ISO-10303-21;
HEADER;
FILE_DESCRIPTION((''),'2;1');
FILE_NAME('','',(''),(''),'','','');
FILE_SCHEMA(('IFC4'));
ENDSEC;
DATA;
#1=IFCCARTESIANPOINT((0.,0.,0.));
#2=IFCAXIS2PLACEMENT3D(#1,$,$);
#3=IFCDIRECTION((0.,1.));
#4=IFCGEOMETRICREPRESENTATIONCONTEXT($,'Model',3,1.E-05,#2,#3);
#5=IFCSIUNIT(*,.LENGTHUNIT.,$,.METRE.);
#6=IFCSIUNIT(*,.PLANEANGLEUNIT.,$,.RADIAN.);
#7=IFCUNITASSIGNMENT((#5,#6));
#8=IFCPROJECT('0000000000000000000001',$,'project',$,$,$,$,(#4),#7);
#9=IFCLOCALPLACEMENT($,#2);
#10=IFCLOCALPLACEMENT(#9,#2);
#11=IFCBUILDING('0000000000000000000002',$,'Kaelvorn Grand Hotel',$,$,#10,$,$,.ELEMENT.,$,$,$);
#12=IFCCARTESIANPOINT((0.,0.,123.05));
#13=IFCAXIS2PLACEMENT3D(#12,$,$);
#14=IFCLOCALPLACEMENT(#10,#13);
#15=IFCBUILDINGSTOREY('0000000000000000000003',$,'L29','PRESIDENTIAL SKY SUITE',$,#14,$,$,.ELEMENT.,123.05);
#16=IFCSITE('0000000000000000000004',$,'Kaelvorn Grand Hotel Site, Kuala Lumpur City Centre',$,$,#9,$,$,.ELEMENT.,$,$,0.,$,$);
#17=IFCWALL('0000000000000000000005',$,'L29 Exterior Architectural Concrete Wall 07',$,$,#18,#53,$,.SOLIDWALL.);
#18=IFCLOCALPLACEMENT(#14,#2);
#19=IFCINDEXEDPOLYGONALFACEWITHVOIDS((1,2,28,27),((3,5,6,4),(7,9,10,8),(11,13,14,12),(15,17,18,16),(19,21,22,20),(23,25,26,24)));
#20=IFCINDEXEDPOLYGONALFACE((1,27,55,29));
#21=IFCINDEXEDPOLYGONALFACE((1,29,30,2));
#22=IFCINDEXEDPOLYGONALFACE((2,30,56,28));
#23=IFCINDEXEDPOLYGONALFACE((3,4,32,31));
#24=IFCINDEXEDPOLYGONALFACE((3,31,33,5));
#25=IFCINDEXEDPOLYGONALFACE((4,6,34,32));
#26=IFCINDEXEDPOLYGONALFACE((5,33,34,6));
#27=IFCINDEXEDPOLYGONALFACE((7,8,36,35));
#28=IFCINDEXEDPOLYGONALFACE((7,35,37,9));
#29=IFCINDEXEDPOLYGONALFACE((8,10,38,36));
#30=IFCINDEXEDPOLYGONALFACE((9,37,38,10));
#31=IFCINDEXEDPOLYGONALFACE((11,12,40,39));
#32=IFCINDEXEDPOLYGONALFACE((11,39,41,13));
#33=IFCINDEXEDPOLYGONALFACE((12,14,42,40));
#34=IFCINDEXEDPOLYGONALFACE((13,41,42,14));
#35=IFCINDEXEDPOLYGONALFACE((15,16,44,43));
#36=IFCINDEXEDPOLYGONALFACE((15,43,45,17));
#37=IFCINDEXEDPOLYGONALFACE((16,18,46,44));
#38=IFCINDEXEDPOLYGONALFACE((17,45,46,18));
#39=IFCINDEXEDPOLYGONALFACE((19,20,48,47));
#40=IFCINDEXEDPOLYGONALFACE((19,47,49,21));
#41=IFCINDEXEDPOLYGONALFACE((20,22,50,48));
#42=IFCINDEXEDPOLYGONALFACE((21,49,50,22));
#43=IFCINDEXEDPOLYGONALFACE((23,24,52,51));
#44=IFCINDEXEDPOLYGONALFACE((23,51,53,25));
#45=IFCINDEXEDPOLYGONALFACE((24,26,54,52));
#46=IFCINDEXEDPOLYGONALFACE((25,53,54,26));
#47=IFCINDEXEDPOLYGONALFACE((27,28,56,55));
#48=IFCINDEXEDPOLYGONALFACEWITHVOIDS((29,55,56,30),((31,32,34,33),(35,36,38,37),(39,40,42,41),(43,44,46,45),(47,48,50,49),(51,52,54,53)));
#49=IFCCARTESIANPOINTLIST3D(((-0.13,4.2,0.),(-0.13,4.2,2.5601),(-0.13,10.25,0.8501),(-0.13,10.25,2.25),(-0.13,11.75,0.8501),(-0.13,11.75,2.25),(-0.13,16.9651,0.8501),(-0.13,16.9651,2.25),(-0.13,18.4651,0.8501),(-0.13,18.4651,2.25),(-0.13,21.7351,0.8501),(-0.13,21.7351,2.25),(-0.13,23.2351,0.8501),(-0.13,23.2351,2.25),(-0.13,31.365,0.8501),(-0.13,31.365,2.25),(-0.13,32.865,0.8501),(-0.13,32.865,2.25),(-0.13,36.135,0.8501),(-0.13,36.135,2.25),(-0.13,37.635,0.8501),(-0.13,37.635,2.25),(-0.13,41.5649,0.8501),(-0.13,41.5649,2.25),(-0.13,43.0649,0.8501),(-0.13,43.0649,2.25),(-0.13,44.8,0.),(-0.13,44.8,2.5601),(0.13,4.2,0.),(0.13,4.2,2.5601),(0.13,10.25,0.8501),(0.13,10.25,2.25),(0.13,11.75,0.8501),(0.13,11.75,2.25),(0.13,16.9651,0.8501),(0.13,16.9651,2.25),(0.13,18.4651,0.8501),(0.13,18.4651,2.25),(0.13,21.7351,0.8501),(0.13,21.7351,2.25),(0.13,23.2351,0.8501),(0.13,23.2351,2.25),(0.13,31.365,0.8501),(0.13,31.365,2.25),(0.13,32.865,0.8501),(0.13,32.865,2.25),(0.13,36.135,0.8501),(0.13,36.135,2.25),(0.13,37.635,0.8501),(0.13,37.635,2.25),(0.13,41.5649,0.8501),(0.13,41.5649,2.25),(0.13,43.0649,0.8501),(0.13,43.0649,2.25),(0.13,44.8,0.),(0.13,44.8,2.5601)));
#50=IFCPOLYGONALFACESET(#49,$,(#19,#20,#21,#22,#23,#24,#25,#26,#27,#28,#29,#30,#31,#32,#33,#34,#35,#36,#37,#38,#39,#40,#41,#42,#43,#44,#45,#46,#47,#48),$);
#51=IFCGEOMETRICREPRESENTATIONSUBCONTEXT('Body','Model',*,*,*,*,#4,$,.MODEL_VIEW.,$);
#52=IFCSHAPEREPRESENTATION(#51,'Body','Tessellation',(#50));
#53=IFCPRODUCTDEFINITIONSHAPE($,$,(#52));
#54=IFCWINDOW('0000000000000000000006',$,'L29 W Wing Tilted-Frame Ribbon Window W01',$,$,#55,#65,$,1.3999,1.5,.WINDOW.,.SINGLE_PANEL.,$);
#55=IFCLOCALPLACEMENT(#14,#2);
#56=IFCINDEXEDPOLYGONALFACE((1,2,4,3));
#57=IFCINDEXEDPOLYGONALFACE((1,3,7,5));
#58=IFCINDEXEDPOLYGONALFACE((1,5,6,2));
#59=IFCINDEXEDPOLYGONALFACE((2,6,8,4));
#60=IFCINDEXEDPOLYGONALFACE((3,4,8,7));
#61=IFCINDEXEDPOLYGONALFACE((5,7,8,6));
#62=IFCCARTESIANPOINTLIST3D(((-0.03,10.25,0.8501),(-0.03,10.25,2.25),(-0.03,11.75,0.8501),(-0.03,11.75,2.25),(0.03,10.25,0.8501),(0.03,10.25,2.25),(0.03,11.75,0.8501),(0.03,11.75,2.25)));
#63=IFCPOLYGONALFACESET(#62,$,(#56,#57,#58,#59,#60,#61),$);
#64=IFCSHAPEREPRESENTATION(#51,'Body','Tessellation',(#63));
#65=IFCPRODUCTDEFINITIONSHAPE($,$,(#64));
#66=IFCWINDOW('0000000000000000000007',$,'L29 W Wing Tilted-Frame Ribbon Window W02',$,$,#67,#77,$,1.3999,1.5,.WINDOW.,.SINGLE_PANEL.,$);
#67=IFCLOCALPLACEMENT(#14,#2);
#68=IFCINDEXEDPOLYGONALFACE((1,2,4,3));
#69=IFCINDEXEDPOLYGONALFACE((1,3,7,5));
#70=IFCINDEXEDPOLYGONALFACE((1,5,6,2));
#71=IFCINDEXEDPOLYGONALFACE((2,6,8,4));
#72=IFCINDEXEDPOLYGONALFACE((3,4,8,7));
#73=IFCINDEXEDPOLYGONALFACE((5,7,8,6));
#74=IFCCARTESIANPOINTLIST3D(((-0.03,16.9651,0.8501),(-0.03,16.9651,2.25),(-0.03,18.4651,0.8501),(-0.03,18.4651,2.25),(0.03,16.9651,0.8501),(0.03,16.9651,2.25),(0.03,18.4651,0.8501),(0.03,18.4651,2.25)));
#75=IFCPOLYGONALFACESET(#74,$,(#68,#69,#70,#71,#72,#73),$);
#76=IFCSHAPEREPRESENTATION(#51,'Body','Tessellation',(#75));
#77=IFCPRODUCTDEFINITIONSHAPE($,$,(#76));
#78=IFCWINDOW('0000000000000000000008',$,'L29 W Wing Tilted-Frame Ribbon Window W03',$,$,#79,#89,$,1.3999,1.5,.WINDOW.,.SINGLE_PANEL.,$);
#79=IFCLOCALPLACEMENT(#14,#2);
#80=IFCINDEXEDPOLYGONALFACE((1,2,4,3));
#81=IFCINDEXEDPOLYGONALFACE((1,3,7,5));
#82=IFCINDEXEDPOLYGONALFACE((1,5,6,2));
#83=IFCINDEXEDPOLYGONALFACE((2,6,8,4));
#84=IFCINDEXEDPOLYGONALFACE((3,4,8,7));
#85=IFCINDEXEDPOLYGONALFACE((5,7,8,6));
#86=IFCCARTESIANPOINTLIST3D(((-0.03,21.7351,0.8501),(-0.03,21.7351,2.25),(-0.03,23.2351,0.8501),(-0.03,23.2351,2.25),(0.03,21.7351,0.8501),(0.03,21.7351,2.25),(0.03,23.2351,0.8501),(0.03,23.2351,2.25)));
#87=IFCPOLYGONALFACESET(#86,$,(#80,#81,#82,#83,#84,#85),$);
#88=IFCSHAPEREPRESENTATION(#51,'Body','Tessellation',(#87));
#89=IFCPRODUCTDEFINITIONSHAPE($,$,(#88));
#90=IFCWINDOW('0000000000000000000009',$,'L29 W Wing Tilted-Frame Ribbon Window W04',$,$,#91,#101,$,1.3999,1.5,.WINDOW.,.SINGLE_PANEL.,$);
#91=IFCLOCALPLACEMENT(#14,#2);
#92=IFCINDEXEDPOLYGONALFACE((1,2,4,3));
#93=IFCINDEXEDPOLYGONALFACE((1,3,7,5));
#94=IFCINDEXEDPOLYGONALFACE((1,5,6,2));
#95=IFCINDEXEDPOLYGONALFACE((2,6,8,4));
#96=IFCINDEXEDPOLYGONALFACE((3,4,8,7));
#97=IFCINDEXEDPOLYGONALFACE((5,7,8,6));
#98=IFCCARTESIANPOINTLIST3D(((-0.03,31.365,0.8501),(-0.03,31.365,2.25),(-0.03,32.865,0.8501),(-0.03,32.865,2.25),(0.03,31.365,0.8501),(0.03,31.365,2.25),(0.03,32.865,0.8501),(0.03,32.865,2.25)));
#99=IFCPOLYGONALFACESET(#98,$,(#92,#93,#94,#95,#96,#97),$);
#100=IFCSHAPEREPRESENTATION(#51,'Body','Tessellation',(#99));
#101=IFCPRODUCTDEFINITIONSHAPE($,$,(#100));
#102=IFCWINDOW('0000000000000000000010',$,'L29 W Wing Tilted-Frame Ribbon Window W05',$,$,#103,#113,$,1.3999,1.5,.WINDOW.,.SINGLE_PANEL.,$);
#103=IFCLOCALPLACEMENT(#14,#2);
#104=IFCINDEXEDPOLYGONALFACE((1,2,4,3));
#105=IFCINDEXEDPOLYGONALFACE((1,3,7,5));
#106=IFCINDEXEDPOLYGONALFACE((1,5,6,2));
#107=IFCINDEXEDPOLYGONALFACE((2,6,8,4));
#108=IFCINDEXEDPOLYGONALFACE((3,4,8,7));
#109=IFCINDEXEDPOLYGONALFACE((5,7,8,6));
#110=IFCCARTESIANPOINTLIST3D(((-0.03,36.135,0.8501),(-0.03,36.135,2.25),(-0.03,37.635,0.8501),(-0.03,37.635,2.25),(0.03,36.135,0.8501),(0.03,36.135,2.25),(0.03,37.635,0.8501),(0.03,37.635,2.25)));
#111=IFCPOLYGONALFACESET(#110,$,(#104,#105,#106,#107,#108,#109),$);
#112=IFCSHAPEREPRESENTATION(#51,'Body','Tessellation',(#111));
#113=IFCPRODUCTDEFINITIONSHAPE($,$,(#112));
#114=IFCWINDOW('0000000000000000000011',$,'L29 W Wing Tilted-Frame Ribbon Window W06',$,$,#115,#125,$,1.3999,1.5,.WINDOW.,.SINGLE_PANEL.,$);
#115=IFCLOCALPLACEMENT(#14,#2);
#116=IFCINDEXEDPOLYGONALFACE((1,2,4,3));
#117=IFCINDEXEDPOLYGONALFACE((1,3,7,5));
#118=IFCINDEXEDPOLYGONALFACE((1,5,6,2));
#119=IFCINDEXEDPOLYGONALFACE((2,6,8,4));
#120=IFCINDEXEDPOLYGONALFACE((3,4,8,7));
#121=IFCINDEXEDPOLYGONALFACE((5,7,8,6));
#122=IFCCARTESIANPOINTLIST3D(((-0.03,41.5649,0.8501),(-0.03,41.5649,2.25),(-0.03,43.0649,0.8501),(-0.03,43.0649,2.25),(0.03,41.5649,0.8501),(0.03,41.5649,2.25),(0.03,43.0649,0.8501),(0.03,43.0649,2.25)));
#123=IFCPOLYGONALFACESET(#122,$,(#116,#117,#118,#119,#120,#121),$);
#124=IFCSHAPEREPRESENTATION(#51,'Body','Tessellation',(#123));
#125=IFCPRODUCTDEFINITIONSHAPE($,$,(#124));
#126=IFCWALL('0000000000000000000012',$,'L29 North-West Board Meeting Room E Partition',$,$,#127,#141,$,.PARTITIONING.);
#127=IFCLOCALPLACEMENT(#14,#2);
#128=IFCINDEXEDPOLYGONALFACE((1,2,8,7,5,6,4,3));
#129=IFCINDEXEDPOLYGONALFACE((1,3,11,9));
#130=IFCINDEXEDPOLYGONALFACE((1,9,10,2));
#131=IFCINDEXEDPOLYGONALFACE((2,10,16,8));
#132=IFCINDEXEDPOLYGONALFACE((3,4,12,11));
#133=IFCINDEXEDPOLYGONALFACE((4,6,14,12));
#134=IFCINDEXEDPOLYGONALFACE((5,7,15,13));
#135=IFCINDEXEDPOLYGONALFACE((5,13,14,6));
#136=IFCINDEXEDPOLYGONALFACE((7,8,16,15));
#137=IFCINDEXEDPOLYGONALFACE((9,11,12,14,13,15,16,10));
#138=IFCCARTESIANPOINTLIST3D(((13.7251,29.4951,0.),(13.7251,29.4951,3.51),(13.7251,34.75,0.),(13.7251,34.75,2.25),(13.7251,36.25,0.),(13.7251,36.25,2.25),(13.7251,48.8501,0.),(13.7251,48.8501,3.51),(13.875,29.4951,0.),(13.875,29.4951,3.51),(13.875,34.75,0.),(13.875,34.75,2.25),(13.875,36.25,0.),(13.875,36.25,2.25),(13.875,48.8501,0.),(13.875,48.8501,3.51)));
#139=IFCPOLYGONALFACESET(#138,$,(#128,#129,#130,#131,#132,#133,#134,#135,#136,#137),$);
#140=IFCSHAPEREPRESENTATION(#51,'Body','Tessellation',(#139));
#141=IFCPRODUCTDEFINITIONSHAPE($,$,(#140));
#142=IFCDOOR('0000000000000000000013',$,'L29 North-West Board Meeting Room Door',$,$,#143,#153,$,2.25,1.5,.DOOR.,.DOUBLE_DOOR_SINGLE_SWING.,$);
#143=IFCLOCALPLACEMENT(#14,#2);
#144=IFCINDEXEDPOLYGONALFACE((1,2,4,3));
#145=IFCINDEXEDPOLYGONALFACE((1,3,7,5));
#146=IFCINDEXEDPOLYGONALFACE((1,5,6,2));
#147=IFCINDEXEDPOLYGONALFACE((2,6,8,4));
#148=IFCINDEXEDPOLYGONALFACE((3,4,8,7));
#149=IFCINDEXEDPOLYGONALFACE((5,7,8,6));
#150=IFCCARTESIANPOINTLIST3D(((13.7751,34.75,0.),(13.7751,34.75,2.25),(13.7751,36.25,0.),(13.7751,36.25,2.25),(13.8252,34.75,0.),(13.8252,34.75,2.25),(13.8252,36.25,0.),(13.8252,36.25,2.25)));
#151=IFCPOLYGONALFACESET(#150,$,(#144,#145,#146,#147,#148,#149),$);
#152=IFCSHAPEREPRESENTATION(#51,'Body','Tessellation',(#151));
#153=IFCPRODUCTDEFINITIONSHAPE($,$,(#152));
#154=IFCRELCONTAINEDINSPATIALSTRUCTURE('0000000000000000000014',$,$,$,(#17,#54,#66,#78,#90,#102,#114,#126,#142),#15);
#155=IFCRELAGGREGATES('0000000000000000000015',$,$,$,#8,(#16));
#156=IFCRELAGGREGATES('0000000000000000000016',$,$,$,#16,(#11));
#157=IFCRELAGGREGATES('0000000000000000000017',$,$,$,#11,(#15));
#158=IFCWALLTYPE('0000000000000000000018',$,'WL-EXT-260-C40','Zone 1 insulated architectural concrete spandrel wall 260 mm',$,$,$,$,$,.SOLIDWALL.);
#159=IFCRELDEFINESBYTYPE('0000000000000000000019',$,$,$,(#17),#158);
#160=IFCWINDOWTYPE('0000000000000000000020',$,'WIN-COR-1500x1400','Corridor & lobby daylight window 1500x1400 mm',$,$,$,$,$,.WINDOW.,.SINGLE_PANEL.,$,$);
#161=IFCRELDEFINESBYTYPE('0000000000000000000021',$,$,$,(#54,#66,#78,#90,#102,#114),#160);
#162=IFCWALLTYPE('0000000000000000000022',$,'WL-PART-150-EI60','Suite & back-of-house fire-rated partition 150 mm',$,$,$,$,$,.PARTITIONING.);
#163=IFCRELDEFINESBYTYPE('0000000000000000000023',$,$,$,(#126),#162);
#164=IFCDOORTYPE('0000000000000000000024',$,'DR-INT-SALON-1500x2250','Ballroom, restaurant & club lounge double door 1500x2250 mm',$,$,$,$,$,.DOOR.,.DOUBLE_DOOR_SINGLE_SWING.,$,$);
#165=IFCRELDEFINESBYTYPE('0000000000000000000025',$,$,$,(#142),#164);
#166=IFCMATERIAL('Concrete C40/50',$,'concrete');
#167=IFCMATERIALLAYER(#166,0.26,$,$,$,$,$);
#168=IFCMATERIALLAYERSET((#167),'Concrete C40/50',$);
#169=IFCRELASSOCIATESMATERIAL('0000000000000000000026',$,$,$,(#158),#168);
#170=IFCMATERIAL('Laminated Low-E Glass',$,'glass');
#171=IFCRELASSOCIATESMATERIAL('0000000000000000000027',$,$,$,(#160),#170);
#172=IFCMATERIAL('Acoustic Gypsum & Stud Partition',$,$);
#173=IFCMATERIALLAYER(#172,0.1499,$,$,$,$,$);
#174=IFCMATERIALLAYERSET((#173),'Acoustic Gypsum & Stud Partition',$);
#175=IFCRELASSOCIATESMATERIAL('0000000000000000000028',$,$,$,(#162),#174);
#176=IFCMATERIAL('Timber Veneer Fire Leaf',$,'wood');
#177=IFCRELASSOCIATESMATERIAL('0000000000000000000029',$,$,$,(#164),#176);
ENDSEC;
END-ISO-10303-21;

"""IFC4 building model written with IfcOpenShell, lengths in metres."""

from ifc_helpers import new_model, si_unit, direction, frame, frame_2d, origin, place, context, subcontext, project, spatial, rectangle, extrude, material, layer, layer_set, type_object, element, fill, save


model = new_model("IFC4")

# Units and contexts
model_context = context("Model", 3, precision=1e-05, world=origin(), true_north=direction((0.0, 1.0)))
body_context = subcontext(model_context, "Body", "Model", "MODEL_VIEW")
ifc_project = project(units=[si_unit("LENGTHUNIT", "METRE"), si_unit("PLANEANGLEUNIT", "RADIAN")], contexts=[model_context])

# Site, building, storey
site_placement = place(None, origin())
site = spatial("IfcSite", under=ifc_project, at=site_placement, Name="Kaelvorn Grand Hotel Site, Kuala Lumpur City Centre", CompositionType="ELEMENT", RefElevation=0.0)
building_placement = place(site_placement, origin())
building = spatial("IfcBuilding", under=site, at=building_placement, Name="Kaelvorn Grand Hotel", CompositionType="ELEMENT")
storey_placement = place(building_placement, frame((0.0, 0.0, 123.05)))
storey = spatial("IfcBuildingStorey", under=building, at=storey_placement, Name="L29", Description="PRESIDENTIAL SKY SUITE", CompositionType="ELEMENT", Elevation=123.05)

# Shared definitions
ifc_material_1 = material(Name="Concrete C40/50", Category="concrete")
ifc_layer_1 = layer(ifc_material_1, 0.26)
ifc_layer_set_1 = layer_set([ifc_layer_1], Name="Concrete C40/50")
wall_type_1 = type_object("IfcWallType", Name="WL-EXT-260-C40", Description="Zone 1 insulated architectural concrete spandrel wall 260 mm", PredefinedType="SOLIDWALL", material=ifc_layer_set_1)

# Wall, openings, windows
wall_1_placement = place(storey_placement, frame((0.0, 44.8, 0.0), z_axis=(0.0, 0.0, 1.0), x_axis=(0.0, -1.0, 0.0)))
wall_1 = element("IfcWall", 1, at=wall_1_placement, inside=storey, type_object=wall_type_1, Name="L29 Exterior Architectural Concrete Wall 07", PredefinedType="SOLIDWALL", context=body_context, shape_type="SweptSolid", body=[
    extrude(rectangle(XDim=40.6001, YDim=0.26, at=frame_2d((20.3, 0.0))), origin(), (0.0, 0.0, 1.0), 2.5601),
])
opening_1_placement = place(wall_1_placement, frame((33.05, 0.0, 0.8501)))
opening_1 = element("IfcOpeningElement", 2, at=opening_1_placement, cuts=wall_1, PredefinedType="OPENING", context=body_context, shape_type="SweptSolid", body=[
    extrude(rectangle(XDim=1.5, YDim=1.3999, at=frame_2d((0.75, 0.7))), frame((0.0, 0.1401, 0.0), z_axis=(0.0, -1.0, 0.0), x_axis=(1.0, 0.0, 0.0)), (0.0, 0.0, 1.0), 0.28),
])
opening_2_placement = place(wall_1_placement, frame((26.335, 0.0, 0.8501)))
opening_2 = element("IfcOpeningElement", 3, at=opening_2_placement, cuts=wall_1, PredefinedType="OPENING", context=body_context, shape_type="SweptSolid", body=[
    extrude(rectangle(XDim=1.5, YDim=1.3999, at=frame_2d((0.75, 0.7))), frame((0.0, 0.1401, 0.0), z_axis=(0.0, -1.0, 0.0), x_axis=(1.0, 0.0, 0.0)), (0.0, 0.0, 1.0), 0.28),
])
opening_3_placement = place(wall_1_placement, frame((21.5649, 0.0, 0.8501)))
opening_3 = element("IfcOpeningElement", 4, at=opening_3_placement, cuts=wall_1, PredefinedType="OPENING", context=body_context, shape_type="SweptSolid", body=[
    extrude(rectangle(XDim=1.5, YDim=1.3999, at=frame_2d((0.75, 0.7))), frame((0.0, 0.1401, 0.0), z_axis=(0.0, -1.0, 0.0), x_axis=(1.0, 0.0, 0.0)), (0.0, 0.0, 1.0), 0.28),
])
opening_4_placement = place(wall_1_placement, frame((11.9351, 0.0, 0.8501)))
opening_4 = element("IfcOpeningElement", 5, at=opening_4_placement, cuts=wall_1, PredefinedType="OPENING", context=body_context, shape_type="SweptSolid", body=[
    extrude(rectangle(XDim=1.5, YDim=1.3999, at=frame_2d((0.75, 0.7))), frame((0.0, 0.1401, 0.0), z_axis=(0.0, -1.0, 0.0), x_axis=(1.0, 0.0, 0.0)), (0.0, 0.0, 1.0), 0.28),
])
opening_5_placement = place(wall_1_placement, frame((7.165, 0.0, 0.8501)))
opening_5 = element("IfcOpeningElement", 6, at=opening_5_placement, cuts=wall_1, PredefinedType="OPENING", context=body_context, shape_type="SweptSolid", body=[
    extrude(rectangle(XDim=1.5, YDim=1.3999, at=frame_2d((0.75, 0.7))), frame((0.0, 0.1401, 0.0), z_axis=(0.0, -1.0, 0.0), x_axis=(1.0, 0.0, 0.0)), (0.0, 0.0, 1.0), 0.28),
])
opening_6_placement = place(wall_1_placement, frame((1.7351, 0.0, 0.8501)))
opening_6 = element("IfcOpeningElement", 7, at=opening_6_placement, cuts=wall_1, PredefinedType="OPENING", context=body_context, shape_type="SweptSolid", body=[
    extrude(rectangle(XDim=1.5, YDim=1.3999, at=frame_2d((0.75, 0.7))), frame((0.0, 0.1401, 0.0), z_axis=(0.0, -1.0, 0.0), x_axis=(1.0, 0.0, 0.0)), (0.0, 0.0, 1.0), 0.28),
])
ifc_material_2 = material(Name="Laminated Low-E Glass", Category="glass")
window_type = type_object("IfcWindowType", Name="WIN-COR-1500x1400", Description="Corridor & lobby daylight window 1500x1400 mm", PartitioningType="SINGLE_PANEL", PredefinedType="WINDOW", material=ifc_material_2)
window_1_placement = place(opening_1_placement, origin())
window_1 = element("IfcWindow", 8, at=window_1_placement, inside=storey, type_object=window_type, Name="L29 W Wing Tilted-Frame Ribbon Window W01", OverallHeight=1.3999, OverallWidth=1.5, PartitioningType="SINGLE_PANEL", PredefinedType="WINDOW", context=body_context, shape_type="SweptSolid", body=[
    extrude(rectangle(XDim=1.5, YDim=1.3999, at=frame_2d((0.75, 0.7))), frame((0.0, 0.03, 0.0), z_axis=(0.0, -1.0, 0.0), x_axis=(1.0, 0.0, 0.0)), (0.0, 0.0, 1.0), 0.0601),
])
fill(opening_1, window_1)
window_2_placement = place(opening_2_placement, origin())
window_2 = element("IfcWindow", 9, at=window_2_placement, inside=storey, type_object=window_type, Name="L29 W Wing Tilted-Frame Ribbon Window W02", OverallHeight=1.3999, OverallWidth=1.5, PartitioningType="SINGLE_PANEL", PredefinedType="WINDOW", context=body_context, shape_type="SweptSolid", body=[
    extrude(rectangle(XDim=1.5, YDim=1.3999, at=frame_2d((0.75, 0.7))), frame((0.0, 0.03, 0.0), z_axis=(0.0, -1.0, 0.0), x_axis=(1.0, 0.0, 0.0)), (0.0, 0.0, 1.0), 0.0601),
])
fill(opening_2, window_2)
window_3_placement = place(opening_3_placement, origin())
window_3 = element("IfcWindow", 10, at=window_3_placement, inside=storey, type_object=window_type, Name="L29 W Wing Tilted-Frame Ribbon Window W03", OverallHeight=1.3999, OverallWidth=1.5, PartitioningType="SINGLE_PANEL", PredefinedType="WINDOW", context=body_context, shape_type="SweptSolid", body=[
    extrude(rectangle(XDim=1.5, YDim=1.3999, at=frame_2d((0.75, 0.7))), frame((0.0, 0.03, 0.0), z_axis=(0.0, -1.0, 0.0), x_axis=(1.0, 0.0, 0.0)), (0.0, 0.0, 1.0), 0.0601),
])
fill(opening_3, window_3)
window_4_placement = place(opening_4_placement, origin())
window_4 = element("IfcWindow", 11, at=window_4_placement, inside=storey, type_object=window_type, Name="L29 W Wing Tilted-Frame Ribbon Window W04", OverallHeight=1.3999, OverallWidth=1.5, PartitioningType="SINGLE_PANEL", PredefinedType="WINDOW", context=body_context, shape_type="SweptSolid", body=[
    extrude(rectangle(XDim=1.5, YDim=1.3999, at=frame_2d((0.75, 0.7))), frame((0.0, 0.03, 0.0), z_axis=(0.0, -1.0, 0.0), x_axis=(1.0, 0.0, 0.0)), (0.0, 0.0, 1.0), 0.0601),
])
fill(opening_4, window_4)
window_5_placement = place(opening_5_placement, origin())
window_5 = element("IfcWindow", 12, at=window_5_placement, inside=storey, type_object=window_type, Name="L29 W Wing Tilted-Frame Ribbon Window W05", OverallHeight=1.3999, OverallWidth=1.5, PartitioningType="SINGLE_PANEL", PredefinedType="WINDOW", context=body_context, shape_type="SweptSolid", body=[
    extrude(rectangle(XDim=1.5, YDim=1.3999, at=frame_2d((0.75, 0.7))), frame((0.0, 0.03, 0.0), z_axis=(0.0, -1.0, 0.0), x_axis=(1.0, 0.0, 0.0)), (0.0, 0.0, 1.0), 0.0601),
])
fill(opening_5, window_5)
window_6_placement = place(opening_6_placement, origin())
window_6 = element("IfcWindow", 13, at=window_6_placement, inside=storey, type_object=window_type, Name="L29 W Wing Tilted-Frame Ribbon Window W06", OverallHeight=1.3999, OverallWidth=1.5, PartitioningType="SINGLE_PANEL", PredefinedType="WINDOW", context=body_context, shape_type="SweptSolid", body=[
    extrude(rectangle(XDim=1.5, YDim=1.3999, at=frame_2d((0.75, 0.7))), frame((0.0, 0.03, 0.0), z_axis=(0.0, -1.0, 0.0), x_axis=(1.0, 0.0, 0.0)), (0.0, 0.0, 1.0), 0.0601),
])
fill(opening_6, window_6)

# Wall, opening, door
ifc_material_3 = material(Name="Acoustic Gypsum & Stud Partition")
ifc_layer_2 = layer(ifc_material_3, 0.1499)
ifc_layer_set_2 = layer_set([ifc_layer_2], Name="Acoustic Gypsum & Stud Partition")
wall_type_2 = type_object("IfcWallType", Name="WL-PART-150-EI60", Description="Suite & back-of-house fire-rated partition 150 mm", PredefinedType="PARTITIONING", material=ifc_layer_set_2)
wall_2_placement = place(storey_placement, frame((13.8, 29.4951, 0.0), z_axis=(0.0, 0.0, 1.0), x_axis=(0.0, 1.0, 0.0)))
wall_2 = element("IfcWall", 14, at=wall_2_placement, inside=storey, type_object=wall_type_2, Name="L29 North-West Board Meeting Room E Partition", PredefinedType="PARTITIONING", context=body_context, shape_type="SweptSolid", body=[
    extrude(rectangle(XDim=19.355, YDim=0.1499, at=frame_2d((9.6775, 0.0))), origin(), (0.0, 0.0, 1.0), 3.51),
])
opening_7_placement = place(wall_2_placement, frame((5.2549, 0.0, 0.0)))
opening_7 = element("IfcOpeningElement", 15, at=opening_7_placement, cuts=wall_2, PredefinedType="OPENING", context=body_context, shape_type="SweptSolid", body=[
    extrude(rectangle(XDim=1.5, YDim=2.25, at=frame_2d((0.75, 1.125))), frame((0.0, 0.085, 0.0), z_axis=(0.0, -1.0, 0.0), x_axis=(1.0, 0.0, 0.0)), (0.0, 0.0, 1.0), 0.1699),
])
ifc_material_4 = material(Name="Timber Veneer Fire Leaf", Category="wood")
door_type = type_object("IfcDoorType", Name="DR-INT-SALON-1500x2250", Description="Ballroom, restaurant & club lounge double door 1500x2250 mm", OperationType="DOUBLE_DOOR_SINGLE_SWING", PredefinedType="DOOR", material=ifc_material_4)
door_placement = place(opening_7_placement, origin())
door = element("IfcDoor", 16, at=door_placement, inside=storey, type_object=door_type, Name="L29 North-West Board Meeting Room Door", OperationType="DOUBLE_DOOR_SINGLE_SWING", OverallHeight=2.25, OverallWidth=1.5, PredefinedType="DOOR", context=body_context, shape_type="SweptSolid", body=[
    extrude(rectangle(XDim=1.5, YDim=2.25, at=frame_2d((0.75, 1.125))), frame((0.0, 0.0249, 0.0), z_axis=(0.0, -1.0, 0.0), x_axis=(1.0, 0.0, 0.0)), (0.0, 0.0, 1.0), 0.05),
])
fill(opening_7, door)

save(model, "model.ifc")
